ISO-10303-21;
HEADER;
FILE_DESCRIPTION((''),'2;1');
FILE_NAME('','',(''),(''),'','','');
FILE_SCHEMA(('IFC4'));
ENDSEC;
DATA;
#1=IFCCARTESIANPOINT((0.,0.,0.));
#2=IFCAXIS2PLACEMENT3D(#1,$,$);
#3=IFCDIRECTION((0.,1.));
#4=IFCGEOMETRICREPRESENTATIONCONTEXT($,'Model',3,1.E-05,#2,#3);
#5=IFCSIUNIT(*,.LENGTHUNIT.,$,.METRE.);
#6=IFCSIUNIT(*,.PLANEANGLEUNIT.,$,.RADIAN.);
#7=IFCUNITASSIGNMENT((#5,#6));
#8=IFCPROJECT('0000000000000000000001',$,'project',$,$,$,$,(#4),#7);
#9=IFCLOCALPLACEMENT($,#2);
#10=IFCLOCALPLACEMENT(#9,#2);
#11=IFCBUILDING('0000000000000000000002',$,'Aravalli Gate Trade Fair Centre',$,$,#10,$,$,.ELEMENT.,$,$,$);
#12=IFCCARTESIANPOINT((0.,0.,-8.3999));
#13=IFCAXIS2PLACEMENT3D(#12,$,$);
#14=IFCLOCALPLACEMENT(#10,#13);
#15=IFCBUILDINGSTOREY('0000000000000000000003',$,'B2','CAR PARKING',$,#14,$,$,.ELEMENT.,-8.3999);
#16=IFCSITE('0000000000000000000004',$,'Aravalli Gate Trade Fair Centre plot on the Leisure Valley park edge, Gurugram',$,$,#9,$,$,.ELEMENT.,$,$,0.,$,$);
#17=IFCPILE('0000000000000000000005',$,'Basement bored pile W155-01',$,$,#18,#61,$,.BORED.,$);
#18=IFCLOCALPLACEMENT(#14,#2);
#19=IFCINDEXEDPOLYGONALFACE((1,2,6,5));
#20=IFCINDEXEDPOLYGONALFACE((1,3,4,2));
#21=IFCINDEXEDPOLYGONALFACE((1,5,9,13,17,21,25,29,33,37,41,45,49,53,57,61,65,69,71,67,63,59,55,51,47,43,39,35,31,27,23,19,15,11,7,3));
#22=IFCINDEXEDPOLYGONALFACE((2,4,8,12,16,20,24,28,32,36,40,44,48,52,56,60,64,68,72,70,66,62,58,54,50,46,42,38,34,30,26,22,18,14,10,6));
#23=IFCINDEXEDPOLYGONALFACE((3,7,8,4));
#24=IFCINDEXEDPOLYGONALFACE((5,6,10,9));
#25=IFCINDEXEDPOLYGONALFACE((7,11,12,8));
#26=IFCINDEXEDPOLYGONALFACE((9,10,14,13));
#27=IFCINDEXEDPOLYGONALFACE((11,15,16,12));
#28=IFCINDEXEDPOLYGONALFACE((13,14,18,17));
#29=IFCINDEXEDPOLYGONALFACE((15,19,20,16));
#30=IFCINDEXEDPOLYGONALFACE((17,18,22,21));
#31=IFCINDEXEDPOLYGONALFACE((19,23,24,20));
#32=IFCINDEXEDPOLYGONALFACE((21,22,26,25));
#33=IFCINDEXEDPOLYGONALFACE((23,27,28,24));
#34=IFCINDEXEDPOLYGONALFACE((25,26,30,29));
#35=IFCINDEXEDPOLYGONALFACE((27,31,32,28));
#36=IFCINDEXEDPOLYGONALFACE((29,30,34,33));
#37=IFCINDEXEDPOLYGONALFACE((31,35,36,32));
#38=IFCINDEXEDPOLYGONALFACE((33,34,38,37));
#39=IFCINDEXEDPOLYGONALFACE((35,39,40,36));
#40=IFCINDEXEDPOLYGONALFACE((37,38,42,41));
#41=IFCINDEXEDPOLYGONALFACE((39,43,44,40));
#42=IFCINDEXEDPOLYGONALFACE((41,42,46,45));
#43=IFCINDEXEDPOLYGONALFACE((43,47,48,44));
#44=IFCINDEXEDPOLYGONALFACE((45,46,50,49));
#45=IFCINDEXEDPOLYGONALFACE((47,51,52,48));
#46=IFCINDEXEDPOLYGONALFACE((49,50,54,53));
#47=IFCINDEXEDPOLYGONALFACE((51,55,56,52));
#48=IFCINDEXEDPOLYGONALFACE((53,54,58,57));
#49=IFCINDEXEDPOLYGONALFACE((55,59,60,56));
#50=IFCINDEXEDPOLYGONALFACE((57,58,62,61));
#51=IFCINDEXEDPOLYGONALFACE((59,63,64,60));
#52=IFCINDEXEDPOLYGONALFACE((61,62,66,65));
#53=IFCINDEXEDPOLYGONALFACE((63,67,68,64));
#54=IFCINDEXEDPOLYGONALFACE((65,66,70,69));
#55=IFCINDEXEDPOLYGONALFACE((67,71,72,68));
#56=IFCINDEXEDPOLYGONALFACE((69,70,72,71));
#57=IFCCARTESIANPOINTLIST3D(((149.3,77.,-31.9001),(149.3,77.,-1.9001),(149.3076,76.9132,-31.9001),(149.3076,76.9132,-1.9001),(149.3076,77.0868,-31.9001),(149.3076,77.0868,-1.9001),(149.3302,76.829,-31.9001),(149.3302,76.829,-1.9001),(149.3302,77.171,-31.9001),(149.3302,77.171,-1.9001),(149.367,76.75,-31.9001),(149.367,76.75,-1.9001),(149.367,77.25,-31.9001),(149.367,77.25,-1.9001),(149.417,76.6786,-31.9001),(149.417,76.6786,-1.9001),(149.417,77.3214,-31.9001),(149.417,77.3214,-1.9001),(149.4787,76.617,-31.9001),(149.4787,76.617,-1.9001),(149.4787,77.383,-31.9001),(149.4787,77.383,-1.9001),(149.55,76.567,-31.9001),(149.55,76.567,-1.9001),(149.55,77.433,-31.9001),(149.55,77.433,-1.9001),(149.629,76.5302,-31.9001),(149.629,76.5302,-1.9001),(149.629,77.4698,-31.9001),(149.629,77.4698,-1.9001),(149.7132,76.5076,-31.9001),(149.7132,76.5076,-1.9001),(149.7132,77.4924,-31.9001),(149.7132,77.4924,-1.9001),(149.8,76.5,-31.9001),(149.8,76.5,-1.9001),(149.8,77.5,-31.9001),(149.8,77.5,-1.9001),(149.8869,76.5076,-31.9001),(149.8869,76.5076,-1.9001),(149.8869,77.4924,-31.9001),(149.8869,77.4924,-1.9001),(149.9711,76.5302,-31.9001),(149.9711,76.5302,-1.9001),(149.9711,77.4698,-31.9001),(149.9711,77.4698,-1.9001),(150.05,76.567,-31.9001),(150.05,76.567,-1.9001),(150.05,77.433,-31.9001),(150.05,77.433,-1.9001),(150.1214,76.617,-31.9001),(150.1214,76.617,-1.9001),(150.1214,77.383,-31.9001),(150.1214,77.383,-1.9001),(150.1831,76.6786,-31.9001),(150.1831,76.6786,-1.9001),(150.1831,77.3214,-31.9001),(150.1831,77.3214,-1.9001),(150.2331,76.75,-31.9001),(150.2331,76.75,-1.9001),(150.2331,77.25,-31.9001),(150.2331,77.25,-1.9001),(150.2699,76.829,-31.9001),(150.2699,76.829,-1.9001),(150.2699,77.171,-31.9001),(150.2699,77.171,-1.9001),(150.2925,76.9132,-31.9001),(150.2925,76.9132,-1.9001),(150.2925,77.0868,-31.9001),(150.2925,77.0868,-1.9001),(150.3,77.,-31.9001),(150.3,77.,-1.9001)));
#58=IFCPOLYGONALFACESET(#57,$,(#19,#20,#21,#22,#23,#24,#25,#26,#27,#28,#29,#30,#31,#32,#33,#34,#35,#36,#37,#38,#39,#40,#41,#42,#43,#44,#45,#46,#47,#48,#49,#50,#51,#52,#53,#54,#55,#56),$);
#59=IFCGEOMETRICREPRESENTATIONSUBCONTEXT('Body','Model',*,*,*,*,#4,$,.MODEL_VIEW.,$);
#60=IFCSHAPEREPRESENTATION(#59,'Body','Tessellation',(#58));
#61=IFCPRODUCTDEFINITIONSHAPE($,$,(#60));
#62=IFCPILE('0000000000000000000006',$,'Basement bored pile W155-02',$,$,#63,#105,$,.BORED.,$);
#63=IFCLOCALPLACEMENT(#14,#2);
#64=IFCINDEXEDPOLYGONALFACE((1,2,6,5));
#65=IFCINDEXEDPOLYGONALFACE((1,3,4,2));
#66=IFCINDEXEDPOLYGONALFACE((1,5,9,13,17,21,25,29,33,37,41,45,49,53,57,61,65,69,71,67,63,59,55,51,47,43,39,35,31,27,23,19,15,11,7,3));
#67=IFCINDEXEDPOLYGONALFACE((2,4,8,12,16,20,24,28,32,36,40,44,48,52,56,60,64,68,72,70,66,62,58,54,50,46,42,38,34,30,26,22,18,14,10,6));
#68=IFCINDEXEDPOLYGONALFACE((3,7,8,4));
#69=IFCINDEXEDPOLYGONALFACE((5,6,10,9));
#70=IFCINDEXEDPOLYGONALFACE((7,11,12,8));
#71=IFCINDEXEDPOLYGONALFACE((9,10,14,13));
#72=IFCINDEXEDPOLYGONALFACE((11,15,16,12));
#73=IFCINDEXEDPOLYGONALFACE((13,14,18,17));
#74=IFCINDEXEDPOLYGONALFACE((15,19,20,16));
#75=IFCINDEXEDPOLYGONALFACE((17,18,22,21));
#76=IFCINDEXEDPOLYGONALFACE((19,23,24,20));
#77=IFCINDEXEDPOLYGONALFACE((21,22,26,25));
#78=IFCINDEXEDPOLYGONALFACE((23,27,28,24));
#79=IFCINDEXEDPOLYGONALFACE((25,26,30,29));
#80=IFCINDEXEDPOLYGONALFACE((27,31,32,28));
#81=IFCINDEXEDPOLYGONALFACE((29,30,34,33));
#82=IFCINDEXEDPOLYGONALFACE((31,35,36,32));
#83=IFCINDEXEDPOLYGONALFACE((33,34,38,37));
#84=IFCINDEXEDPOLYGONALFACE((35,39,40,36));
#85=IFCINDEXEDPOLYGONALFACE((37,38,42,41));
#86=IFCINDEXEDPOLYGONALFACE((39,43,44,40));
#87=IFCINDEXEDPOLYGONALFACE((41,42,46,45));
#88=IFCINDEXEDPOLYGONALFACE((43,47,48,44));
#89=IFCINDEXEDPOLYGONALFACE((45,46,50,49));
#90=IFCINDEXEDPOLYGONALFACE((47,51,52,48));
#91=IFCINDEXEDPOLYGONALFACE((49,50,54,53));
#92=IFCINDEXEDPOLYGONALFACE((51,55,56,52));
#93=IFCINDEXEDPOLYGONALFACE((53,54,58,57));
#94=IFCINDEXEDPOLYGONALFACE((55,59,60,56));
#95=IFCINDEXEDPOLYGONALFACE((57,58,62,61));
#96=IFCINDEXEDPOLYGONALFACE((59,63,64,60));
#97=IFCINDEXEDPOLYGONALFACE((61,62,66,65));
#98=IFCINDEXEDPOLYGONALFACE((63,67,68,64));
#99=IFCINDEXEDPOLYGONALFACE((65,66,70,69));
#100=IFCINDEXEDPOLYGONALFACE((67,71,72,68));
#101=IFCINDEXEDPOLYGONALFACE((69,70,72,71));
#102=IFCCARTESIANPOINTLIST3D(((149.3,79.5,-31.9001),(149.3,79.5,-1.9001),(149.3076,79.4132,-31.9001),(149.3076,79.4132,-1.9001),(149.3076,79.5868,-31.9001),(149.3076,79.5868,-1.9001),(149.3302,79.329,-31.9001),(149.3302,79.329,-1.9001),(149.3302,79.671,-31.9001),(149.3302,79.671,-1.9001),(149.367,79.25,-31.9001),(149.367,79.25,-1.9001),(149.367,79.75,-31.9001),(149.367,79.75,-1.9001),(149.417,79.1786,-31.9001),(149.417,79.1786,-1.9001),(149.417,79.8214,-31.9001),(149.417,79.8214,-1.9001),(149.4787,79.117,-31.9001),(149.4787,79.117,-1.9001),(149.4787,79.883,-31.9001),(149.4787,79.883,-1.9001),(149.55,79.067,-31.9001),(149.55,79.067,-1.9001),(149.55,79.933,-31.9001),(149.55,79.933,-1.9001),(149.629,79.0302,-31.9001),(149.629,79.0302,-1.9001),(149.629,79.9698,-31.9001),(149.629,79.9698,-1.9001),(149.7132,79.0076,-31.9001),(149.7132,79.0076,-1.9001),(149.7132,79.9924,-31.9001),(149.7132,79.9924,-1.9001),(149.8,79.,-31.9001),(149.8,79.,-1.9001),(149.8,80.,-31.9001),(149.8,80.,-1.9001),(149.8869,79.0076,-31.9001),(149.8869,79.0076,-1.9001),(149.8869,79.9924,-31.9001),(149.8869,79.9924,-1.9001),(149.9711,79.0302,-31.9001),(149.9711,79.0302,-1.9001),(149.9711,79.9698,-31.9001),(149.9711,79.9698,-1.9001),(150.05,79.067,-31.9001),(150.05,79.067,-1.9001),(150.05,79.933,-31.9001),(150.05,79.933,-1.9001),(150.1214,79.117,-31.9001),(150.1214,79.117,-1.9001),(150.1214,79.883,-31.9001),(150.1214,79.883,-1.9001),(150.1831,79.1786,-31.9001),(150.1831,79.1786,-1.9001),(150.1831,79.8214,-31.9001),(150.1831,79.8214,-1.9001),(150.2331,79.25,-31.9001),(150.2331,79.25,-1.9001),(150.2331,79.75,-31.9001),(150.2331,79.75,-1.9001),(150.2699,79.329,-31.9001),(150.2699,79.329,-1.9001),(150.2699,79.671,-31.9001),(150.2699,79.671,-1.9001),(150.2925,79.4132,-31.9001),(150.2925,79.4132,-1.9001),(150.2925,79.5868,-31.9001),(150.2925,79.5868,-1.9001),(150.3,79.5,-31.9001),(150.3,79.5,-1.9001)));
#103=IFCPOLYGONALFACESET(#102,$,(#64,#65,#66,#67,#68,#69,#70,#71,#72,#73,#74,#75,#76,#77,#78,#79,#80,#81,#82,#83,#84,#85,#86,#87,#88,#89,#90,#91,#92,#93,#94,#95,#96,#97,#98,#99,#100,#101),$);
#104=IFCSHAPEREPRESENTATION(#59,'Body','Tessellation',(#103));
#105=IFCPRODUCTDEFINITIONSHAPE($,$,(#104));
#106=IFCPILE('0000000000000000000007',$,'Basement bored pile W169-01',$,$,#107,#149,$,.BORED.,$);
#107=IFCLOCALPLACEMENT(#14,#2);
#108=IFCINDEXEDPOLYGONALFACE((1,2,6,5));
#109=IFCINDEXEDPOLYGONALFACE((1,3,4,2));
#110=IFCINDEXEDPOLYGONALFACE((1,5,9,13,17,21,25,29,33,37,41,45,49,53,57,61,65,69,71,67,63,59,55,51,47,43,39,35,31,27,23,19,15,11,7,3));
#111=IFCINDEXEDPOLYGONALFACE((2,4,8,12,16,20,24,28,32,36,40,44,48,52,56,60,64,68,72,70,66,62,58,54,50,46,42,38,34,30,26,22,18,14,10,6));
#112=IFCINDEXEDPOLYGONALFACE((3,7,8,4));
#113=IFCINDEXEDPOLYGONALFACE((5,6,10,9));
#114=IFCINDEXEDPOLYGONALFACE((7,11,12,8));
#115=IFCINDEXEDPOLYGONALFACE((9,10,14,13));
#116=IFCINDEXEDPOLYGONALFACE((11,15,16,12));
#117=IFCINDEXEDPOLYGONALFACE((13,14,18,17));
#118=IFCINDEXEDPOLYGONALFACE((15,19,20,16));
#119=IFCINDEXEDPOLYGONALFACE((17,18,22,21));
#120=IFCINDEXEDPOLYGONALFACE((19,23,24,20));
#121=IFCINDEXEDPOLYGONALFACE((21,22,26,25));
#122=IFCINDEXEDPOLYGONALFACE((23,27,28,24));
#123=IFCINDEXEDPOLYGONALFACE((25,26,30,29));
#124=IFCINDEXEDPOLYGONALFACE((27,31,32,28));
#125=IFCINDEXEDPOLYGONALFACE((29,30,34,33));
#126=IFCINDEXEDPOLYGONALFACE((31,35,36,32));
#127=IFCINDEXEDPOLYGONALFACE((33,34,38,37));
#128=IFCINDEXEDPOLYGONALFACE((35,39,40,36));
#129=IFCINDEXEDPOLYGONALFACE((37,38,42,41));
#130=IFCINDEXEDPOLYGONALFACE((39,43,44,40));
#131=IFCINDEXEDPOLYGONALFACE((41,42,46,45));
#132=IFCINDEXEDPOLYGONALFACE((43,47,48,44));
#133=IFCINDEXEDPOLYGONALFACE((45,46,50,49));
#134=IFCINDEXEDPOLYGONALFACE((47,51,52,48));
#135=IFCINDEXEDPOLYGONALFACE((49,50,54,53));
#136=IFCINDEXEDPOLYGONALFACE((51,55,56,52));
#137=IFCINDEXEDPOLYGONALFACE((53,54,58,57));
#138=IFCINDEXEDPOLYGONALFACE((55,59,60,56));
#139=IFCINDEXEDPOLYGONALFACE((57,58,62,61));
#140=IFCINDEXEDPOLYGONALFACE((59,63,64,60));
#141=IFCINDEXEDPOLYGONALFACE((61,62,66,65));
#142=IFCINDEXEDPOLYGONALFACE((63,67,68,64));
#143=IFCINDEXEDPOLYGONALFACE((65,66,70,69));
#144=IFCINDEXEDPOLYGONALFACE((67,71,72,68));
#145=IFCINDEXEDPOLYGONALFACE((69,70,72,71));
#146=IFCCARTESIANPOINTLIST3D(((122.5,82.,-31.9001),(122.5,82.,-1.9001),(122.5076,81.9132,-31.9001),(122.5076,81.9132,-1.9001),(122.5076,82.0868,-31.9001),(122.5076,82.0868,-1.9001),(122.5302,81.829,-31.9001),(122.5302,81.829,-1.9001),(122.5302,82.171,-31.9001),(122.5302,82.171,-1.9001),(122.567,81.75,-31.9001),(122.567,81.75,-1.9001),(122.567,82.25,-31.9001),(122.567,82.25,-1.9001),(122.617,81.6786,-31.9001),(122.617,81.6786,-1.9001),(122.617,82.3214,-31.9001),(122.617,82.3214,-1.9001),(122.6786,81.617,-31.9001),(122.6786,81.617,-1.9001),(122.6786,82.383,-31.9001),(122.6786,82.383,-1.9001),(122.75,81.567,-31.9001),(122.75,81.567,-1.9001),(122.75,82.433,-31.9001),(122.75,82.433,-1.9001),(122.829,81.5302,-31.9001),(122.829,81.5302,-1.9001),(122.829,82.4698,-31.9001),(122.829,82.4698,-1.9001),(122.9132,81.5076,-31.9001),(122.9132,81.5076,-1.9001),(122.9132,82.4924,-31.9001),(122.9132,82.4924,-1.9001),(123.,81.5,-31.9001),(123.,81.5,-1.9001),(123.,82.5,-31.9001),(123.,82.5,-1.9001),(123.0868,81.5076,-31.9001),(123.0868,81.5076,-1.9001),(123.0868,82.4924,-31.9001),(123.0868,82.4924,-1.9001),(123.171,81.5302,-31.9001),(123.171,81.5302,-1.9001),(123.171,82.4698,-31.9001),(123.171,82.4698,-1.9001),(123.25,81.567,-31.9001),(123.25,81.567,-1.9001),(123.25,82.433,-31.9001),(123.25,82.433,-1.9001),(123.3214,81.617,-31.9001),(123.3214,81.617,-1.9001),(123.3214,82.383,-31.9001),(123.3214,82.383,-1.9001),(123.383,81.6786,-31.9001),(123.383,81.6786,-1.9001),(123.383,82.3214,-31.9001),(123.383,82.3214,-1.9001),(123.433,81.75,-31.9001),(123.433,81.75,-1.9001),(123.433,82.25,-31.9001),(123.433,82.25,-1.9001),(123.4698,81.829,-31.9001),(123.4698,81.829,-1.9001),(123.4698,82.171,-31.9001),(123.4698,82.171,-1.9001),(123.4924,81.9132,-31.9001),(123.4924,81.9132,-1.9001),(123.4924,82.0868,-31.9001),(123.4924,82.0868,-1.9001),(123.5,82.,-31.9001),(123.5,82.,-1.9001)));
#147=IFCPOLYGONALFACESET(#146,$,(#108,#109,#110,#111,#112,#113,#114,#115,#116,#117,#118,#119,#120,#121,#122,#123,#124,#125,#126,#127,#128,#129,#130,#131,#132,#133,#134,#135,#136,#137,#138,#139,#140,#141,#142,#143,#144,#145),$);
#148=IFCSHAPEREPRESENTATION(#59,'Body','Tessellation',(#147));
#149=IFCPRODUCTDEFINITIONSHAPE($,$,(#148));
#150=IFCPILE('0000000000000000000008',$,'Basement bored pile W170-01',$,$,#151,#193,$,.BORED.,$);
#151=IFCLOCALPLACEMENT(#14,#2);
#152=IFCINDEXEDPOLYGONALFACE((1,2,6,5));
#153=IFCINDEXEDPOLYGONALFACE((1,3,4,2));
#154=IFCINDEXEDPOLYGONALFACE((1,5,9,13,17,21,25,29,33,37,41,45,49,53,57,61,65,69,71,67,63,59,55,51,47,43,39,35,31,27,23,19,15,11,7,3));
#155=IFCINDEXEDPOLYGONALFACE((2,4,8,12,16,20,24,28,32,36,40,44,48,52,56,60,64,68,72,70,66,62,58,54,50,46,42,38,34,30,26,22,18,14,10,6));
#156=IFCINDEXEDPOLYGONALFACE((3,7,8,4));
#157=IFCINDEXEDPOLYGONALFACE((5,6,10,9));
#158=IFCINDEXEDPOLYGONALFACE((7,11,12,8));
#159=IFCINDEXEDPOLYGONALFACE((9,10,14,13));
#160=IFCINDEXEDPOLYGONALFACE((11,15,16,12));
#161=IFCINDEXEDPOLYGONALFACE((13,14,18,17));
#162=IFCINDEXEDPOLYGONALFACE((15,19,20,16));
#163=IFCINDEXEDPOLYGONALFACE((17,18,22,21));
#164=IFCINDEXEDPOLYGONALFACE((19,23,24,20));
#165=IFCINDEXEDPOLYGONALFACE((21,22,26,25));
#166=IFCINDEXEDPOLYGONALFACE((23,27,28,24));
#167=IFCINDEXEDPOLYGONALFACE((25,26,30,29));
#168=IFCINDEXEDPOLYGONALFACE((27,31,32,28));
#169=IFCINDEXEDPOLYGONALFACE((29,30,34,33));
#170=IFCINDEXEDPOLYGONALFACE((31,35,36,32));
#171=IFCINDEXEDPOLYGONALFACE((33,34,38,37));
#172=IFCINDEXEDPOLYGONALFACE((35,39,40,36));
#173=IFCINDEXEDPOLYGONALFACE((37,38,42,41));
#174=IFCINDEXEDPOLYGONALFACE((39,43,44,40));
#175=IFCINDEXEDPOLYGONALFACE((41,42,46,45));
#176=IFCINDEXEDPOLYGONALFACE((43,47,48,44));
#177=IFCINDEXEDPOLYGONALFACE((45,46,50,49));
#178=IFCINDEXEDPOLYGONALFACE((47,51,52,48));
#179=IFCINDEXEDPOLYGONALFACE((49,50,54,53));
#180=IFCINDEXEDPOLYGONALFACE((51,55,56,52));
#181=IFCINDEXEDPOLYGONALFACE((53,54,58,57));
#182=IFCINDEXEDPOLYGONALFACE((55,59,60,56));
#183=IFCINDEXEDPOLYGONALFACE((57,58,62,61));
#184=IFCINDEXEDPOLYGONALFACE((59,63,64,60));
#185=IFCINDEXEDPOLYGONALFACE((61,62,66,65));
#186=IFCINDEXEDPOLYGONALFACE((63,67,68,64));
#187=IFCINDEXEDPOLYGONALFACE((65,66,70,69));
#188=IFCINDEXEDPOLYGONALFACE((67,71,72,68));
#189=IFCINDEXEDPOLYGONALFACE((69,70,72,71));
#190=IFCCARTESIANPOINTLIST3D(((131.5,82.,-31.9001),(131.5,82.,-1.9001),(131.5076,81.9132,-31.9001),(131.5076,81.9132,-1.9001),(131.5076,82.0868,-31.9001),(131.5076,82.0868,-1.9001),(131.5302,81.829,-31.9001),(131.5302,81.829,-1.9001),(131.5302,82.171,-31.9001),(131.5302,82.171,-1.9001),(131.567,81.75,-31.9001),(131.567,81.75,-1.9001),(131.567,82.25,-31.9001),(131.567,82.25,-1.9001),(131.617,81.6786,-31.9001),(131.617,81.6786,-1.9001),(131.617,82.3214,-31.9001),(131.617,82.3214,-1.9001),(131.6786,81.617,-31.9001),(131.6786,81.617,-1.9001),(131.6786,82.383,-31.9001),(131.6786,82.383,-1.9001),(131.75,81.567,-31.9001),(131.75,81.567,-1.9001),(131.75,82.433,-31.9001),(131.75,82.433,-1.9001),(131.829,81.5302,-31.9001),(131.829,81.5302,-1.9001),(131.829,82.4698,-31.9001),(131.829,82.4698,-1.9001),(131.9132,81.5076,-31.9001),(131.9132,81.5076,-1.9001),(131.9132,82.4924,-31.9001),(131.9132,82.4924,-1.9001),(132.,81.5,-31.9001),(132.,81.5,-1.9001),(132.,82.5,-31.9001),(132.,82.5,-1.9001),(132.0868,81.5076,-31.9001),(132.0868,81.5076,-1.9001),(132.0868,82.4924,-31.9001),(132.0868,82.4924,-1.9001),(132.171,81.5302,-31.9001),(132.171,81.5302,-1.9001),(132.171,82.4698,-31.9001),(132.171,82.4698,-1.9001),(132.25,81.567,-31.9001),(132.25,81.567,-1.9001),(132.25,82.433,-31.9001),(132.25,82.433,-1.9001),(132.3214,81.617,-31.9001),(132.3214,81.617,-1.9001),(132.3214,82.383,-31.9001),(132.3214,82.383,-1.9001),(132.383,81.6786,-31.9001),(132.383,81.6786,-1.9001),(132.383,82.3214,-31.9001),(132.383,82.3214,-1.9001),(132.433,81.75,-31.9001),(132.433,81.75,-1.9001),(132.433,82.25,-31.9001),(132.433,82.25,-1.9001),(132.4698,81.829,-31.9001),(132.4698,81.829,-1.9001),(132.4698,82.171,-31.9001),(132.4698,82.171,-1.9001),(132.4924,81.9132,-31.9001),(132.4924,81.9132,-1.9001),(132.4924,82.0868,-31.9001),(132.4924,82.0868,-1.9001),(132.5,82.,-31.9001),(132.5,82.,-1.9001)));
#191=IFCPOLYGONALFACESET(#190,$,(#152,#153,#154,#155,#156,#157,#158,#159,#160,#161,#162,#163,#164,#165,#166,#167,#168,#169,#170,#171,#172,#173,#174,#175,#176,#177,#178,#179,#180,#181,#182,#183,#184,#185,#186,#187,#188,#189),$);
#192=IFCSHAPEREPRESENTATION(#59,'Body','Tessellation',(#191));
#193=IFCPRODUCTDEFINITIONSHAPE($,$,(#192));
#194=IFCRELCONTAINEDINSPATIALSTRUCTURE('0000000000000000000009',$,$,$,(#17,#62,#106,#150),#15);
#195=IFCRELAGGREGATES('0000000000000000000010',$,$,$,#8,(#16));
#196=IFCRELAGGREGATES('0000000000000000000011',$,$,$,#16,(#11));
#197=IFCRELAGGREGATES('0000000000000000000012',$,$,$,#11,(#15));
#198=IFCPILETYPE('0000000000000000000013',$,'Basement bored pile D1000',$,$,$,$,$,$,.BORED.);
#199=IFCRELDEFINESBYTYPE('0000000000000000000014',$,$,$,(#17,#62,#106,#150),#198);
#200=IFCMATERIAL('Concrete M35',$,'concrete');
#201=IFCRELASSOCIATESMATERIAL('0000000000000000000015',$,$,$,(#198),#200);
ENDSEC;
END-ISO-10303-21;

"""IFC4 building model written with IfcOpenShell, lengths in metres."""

from ifc_helpers import new_model, si_unit, direction, frame, origin, origin_2d, place, context, subcontext, project, spatial, circle, extrude, material, material_profile, profile_set, type_object, element, save


model = new_model("IFC4")

# Units and contexts
model_context = context("Model", 3, precision=1e-05, world=origin(), true_north=direction((0.0, 1.0)))
body_context = subcontext(model_context, "Body", "Model", "MODEL_VIEW")
ifc_project = project(units=[si_unit("LENGTHUNIT", "METRE"), si_unit("PLANEANGLEUNIT", "RADIAN")], contexts=[model_context])

# Site, building, storey
site_placement = place(None, origin())
site = spatial("IfcSite", under=ifc_project, at=site_placement, Name="Aravalli Gate Trade Fair Centre plot on the Leisure Valley park edge, Gurugram", CompositionType="ELEMENT", RefElevation=0.0)
building_placement = place(site_placement, origin())
building = spatial("IfcBuilding", under=site, at=building_placement, Name="Aravalli Gate Trade Fair Centre", CompositionType="ELEMENT")
storey_placement = place(building_placement, frame((0.0, 0.0, -8.3999)))
storey = spatial("IfcBuildingStorey", under=building, at=storey_placement, Name="B2", Description="CAR PARKING", CompositionType="ELEMENT", Elevation=-8.3999)

# Piles
ifc_material_1 = material(Name="Concrete M35", Category="concrete")
ifc_material_profile_1 = material_profile(ifc_material_1, circle(Radius=0.5, at=origin_2d()), Name="D1000")
ifc_profile_set_1 = profile_set([ifc_material_profile_1], Name="Concrete M35")
pile_type = type_object("IfcPileType", Name="Basement bored pile D1000", PredefinedType="BORED", material=ifc_profile_set_1)
for number, where, z_axis, x_axis, name in (
    (1, (149.8, 77.0, -1.9001), (0.0, 0.0, -1.0), (1.0, 0.0, 0.0), "Basement bored pile W155-01"),
    (2, (149.8, 79.5, -1.9001), (0.0, 0.0, -1.0), (1.0, 0.0, 0.0), "Basement bored pile W155-02"),
    (3, (123.0, 82.0, -1.9001), (0.0, 0.0, -1.0), (1.0, 0.0, 0.0), "Basement bored pile W169-01"),
    (4, (132.0, 82.0, -1.9001), (0.0, 0.0, -1.0), (1.0, 0.0, 0.0), "Basement bored pile W170-01"),
):
    element("IfcPile", number, at=place(storey_placement, frame(where, z_axis=z_axis, x_axis=x_axis)), inside=storey, type_object=pile_type, Name=name, PredefinedType="BORED", context=body_context, shape_type="SweptSolid", body=[
        extrude(circle(Radius=0.5, at=origin_2d()), origin(), (0.0, 0.0, 1.0), 30.0),
    ])

save(model, "model.ifc")
